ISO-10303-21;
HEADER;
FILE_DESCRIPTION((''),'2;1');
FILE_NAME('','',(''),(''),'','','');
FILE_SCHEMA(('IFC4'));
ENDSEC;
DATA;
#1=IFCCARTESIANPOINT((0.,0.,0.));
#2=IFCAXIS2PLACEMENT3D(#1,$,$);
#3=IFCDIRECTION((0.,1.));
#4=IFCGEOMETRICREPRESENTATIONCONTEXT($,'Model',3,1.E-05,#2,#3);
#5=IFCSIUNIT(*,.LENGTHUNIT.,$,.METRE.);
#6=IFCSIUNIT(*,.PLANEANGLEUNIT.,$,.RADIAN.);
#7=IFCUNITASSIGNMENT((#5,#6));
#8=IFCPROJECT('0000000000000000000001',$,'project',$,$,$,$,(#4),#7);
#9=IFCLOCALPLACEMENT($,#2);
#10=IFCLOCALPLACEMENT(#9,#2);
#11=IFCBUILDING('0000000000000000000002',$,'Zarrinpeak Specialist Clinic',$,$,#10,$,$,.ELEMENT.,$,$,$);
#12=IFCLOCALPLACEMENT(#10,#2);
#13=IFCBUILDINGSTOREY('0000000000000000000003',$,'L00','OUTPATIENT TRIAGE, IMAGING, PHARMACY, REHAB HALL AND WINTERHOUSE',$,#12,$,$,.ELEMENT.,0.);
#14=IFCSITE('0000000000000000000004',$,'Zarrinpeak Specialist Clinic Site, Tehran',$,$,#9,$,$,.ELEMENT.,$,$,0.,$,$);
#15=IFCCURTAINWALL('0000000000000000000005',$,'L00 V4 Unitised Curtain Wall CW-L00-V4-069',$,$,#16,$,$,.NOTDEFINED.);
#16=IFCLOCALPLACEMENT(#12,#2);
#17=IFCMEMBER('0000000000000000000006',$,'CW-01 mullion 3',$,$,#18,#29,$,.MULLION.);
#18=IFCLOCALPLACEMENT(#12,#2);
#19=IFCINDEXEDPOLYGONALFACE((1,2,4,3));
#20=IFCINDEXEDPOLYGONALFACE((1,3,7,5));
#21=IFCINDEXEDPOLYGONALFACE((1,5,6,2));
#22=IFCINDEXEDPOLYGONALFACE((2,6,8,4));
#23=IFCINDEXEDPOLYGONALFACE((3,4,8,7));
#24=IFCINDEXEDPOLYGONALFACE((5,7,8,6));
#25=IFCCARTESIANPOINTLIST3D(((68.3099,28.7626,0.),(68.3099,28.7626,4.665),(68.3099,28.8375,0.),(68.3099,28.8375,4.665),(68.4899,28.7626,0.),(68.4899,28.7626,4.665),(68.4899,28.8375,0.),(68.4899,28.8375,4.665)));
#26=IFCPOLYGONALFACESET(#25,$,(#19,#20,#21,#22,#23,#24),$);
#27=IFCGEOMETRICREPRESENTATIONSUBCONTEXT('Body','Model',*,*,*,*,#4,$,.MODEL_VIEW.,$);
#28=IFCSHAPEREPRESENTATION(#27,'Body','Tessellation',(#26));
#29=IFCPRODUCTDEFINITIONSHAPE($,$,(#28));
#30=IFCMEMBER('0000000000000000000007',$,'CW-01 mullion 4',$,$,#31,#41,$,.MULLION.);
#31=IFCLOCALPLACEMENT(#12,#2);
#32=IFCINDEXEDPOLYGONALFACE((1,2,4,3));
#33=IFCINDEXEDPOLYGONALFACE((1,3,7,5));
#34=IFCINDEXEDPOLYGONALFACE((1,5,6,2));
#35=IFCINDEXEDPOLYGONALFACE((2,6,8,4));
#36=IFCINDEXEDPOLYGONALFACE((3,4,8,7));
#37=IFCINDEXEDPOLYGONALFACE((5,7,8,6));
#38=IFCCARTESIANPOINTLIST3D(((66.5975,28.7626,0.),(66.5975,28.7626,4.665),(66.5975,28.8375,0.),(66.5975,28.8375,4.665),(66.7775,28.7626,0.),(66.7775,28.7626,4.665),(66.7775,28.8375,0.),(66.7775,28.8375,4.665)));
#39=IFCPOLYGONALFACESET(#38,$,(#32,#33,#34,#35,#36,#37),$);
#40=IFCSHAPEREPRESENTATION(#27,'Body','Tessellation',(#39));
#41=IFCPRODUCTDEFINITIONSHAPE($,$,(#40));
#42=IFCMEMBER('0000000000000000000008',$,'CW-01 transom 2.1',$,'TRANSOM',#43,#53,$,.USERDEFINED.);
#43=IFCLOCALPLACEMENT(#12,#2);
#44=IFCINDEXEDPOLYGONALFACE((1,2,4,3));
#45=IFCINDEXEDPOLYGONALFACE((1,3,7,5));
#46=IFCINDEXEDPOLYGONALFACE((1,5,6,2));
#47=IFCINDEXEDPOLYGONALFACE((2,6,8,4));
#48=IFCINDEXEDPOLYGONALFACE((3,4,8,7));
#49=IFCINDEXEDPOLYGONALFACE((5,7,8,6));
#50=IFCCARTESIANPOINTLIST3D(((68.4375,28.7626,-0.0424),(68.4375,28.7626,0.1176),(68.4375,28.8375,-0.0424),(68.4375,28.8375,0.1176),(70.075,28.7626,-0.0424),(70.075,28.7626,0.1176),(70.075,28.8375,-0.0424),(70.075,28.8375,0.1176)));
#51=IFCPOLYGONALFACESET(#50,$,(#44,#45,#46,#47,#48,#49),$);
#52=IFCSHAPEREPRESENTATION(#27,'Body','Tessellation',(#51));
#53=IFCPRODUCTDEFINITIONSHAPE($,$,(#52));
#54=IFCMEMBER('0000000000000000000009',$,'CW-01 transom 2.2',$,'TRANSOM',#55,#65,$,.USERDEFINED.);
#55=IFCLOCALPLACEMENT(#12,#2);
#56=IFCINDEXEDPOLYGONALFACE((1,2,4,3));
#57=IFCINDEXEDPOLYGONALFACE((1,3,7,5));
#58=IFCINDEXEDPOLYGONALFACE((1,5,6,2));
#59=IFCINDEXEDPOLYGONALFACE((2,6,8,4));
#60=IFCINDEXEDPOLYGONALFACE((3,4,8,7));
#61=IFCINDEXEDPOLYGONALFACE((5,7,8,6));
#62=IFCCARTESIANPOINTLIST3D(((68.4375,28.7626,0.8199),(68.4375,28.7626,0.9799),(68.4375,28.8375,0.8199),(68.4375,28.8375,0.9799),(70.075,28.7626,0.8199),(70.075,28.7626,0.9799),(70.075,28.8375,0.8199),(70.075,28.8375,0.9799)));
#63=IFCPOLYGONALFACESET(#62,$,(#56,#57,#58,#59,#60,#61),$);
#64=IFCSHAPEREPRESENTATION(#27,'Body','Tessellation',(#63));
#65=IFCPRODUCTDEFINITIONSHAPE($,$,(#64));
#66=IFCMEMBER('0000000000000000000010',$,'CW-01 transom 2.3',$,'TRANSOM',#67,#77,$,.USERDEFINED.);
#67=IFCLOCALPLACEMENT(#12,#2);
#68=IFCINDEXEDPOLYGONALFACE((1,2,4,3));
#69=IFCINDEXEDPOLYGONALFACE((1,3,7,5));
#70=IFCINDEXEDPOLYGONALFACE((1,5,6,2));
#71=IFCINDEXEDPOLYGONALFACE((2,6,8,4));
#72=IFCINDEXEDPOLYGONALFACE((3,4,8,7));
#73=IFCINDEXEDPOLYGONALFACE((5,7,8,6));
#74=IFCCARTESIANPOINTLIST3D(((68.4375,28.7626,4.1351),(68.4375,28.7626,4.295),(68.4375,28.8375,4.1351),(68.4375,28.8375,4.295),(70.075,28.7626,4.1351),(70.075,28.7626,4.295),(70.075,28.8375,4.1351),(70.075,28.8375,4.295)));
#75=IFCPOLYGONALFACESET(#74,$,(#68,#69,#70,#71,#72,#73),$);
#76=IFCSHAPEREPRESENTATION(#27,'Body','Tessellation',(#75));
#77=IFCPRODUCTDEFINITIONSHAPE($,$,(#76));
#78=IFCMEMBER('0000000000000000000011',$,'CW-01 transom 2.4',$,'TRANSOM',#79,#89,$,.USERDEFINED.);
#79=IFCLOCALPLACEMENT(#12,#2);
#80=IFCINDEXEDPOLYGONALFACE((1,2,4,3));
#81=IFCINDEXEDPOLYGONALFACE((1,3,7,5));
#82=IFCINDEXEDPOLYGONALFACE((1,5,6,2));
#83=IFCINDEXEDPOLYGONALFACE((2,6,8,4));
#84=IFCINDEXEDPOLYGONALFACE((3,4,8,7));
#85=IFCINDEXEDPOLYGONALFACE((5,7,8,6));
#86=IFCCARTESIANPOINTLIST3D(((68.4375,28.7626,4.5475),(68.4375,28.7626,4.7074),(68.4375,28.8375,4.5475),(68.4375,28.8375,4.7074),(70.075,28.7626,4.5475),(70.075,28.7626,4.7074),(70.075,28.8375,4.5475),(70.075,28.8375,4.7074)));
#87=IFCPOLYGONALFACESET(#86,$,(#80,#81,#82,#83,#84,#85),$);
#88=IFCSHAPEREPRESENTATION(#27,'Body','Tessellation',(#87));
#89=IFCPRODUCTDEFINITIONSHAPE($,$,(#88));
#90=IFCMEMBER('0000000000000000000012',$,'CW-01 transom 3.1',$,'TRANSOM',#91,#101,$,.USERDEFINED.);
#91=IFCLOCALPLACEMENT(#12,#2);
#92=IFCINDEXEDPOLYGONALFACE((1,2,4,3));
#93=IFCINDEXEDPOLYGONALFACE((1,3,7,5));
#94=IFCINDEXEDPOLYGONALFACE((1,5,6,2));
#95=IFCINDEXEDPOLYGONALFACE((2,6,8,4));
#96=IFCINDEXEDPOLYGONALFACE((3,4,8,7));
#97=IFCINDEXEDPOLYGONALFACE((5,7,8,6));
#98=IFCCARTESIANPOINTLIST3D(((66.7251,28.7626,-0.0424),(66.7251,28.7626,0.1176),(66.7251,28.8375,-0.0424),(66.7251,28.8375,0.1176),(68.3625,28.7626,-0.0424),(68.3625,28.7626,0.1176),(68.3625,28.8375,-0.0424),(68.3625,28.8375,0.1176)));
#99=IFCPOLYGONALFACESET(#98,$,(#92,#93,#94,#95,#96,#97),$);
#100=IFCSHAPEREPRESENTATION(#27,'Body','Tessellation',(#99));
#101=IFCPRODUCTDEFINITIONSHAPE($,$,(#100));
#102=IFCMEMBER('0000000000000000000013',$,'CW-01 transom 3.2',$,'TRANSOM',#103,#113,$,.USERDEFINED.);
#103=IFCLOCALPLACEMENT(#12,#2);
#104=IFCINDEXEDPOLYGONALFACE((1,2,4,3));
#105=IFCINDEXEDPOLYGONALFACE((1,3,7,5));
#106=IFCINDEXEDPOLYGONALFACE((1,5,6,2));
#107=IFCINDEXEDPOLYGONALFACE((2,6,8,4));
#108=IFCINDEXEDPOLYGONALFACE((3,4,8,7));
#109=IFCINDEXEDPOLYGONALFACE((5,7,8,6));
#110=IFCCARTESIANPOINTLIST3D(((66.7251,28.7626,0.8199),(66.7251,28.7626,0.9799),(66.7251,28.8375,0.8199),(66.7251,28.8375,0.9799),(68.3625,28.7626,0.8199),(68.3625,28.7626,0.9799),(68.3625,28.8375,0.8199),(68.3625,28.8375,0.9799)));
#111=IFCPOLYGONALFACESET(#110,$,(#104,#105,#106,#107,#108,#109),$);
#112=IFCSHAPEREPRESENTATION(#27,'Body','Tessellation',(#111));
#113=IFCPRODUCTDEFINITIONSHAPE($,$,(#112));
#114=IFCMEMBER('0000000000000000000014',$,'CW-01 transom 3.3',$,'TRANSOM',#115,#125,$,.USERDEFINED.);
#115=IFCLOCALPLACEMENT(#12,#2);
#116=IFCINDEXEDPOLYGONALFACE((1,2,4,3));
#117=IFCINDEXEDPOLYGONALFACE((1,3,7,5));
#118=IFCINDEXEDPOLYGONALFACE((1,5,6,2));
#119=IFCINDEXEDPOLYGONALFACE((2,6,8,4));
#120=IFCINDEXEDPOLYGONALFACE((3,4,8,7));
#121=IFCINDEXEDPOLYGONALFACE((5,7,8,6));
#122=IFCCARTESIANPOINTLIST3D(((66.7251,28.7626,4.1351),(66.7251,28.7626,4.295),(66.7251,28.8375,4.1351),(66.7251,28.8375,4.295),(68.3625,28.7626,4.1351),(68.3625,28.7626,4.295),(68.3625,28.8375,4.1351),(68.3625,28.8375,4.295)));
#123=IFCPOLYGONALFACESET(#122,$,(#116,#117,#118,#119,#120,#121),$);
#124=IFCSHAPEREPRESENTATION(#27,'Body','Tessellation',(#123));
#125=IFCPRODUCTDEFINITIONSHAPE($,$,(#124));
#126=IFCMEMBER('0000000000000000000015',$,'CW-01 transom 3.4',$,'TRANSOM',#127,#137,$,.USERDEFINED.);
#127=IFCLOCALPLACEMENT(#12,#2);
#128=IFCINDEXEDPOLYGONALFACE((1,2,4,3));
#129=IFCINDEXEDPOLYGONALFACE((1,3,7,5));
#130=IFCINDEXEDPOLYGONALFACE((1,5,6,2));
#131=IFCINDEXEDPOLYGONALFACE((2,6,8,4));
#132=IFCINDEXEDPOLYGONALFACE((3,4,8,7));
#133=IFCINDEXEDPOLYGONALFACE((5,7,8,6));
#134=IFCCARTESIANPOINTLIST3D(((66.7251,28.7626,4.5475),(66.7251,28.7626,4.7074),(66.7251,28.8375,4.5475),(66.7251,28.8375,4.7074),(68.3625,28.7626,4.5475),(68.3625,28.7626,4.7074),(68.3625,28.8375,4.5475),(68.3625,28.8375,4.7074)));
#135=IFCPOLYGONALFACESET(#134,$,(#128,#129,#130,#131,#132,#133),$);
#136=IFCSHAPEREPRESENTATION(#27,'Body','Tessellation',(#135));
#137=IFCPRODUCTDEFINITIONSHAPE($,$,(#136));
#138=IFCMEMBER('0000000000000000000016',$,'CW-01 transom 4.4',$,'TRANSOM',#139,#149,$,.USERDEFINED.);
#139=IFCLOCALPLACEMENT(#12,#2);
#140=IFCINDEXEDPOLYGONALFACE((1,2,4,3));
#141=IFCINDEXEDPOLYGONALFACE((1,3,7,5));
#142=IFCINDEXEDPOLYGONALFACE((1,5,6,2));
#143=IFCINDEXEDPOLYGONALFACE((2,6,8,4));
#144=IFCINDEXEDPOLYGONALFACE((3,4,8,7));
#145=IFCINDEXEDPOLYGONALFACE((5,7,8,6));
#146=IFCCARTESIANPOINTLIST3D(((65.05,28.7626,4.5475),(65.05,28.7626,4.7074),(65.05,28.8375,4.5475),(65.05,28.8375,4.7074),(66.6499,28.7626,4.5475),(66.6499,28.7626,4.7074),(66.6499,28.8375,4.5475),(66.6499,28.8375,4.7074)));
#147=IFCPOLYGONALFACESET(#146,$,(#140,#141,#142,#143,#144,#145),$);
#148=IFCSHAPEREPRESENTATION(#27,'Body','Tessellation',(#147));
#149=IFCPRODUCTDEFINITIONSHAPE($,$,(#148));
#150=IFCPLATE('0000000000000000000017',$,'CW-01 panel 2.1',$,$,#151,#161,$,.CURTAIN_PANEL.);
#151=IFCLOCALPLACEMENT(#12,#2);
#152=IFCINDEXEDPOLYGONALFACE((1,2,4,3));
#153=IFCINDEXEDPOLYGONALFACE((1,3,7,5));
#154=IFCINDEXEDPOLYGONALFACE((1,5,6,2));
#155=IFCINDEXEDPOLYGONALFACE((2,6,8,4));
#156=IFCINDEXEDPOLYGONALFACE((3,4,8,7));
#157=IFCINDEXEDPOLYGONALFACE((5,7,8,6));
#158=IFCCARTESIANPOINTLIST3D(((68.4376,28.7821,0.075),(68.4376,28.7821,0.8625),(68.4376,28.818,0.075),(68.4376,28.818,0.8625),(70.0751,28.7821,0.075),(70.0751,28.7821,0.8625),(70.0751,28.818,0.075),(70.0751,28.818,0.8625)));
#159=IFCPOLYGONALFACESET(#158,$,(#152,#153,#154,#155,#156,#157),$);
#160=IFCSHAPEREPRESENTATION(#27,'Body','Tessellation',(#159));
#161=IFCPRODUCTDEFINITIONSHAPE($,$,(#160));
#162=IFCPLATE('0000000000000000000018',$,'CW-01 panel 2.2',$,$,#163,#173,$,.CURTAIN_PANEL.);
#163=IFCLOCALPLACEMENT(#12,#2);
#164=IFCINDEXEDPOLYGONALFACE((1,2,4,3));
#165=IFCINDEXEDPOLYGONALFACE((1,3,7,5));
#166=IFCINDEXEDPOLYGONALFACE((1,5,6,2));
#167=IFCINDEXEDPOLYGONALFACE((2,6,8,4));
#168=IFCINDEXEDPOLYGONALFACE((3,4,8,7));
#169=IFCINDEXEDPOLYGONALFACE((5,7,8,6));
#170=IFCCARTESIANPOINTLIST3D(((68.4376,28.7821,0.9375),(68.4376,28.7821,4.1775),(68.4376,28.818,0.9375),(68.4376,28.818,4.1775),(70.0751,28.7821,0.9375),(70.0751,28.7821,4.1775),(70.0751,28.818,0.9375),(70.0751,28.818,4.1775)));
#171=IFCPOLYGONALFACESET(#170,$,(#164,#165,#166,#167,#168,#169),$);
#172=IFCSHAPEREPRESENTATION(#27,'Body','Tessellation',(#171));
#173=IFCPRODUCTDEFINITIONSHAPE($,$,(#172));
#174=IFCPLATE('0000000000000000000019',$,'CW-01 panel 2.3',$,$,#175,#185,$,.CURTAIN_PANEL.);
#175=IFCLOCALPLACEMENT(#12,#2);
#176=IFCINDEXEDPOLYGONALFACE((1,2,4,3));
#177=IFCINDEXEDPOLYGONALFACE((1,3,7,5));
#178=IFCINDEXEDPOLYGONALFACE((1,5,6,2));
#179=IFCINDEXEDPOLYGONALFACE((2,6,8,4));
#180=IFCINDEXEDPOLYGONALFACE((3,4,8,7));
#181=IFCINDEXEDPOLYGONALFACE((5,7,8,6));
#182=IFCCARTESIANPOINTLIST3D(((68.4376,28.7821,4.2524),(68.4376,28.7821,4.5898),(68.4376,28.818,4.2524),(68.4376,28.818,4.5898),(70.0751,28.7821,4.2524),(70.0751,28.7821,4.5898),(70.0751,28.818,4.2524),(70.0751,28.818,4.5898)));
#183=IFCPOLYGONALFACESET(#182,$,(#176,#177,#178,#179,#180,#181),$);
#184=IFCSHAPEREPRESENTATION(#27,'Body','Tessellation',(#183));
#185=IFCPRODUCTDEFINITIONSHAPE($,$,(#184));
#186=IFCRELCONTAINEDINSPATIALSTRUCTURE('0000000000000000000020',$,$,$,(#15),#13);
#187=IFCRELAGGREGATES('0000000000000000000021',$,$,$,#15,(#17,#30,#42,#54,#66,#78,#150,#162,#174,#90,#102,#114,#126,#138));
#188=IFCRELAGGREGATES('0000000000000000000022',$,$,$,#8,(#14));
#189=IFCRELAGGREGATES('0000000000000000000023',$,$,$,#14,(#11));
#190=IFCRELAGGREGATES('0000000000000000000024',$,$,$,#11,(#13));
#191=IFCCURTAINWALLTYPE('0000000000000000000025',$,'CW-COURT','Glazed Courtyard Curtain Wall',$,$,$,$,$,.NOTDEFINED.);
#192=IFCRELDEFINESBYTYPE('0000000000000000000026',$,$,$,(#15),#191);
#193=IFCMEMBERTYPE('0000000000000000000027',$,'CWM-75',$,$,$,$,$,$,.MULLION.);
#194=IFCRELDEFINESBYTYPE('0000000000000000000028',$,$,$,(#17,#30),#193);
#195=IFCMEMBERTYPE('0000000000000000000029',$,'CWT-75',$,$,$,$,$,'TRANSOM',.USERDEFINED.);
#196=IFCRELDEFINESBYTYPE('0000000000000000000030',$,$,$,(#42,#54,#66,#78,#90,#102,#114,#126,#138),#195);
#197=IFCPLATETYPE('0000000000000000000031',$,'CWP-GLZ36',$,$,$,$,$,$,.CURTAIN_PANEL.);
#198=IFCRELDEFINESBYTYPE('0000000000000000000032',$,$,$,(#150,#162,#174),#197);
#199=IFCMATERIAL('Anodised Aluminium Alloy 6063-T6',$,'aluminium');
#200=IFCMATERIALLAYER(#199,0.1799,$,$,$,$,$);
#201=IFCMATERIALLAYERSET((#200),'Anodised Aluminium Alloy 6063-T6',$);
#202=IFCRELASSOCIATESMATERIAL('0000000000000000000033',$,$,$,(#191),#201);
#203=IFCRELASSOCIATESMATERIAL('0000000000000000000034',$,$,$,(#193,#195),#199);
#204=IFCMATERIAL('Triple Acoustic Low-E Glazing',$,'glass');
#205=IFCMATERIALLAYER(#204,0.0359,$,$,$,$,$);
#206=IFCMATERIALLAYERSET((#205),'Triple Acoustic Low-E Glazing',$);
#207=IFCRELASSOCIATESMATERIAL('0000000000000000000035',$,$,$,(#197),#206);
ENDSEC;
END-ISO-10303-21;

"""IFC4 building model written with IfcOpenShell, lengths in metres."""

from ifc_helpers import new_model, si_unit, direction, frame, origin, origin_2d, place, context, subcontext, project, spatial, rectangle, extrude, material, layer, layer_set, material_profile, profile_set, type_object, element, aggregate, save


model = new_model("IFC4")

# Units and contexts
model_context = context("Model", 3, precision=1e-05, world=origin(), true_north=direction((0.0, 1.0)))
body_context = subcontext(model_context, "Body", "Model", "MODEL_VIEW")
ifc_project = project(units=[si_unit("LENGTHUNIT", "METRE"), si_unit("PLANEANGLEUNIT", "RADIAN")], contexts=[model_context])

# Site, building, storey
site_placement = place(None, origin())
site = spatial("IfcSite", under=ifc_project, at=site_placement, Name="Zarrinpeak Specialist Clinic Site, Tehran", CompositionType="ELEMENT", RefElevation=0.0)
building_placement = place(site_placement, origin())
building = spatial("IfcBuilding", under=site, at=building_placement, Name="Zarrinpeak Specialist Clinic", CompositionType="ELEMENT")
storey_placement = place(building_placement, origin())
storey = spatial("IfcBuildingStorey", under=building, at=storey_placement, Name="L00", Description="OUTPATIENT TRIAGE, IMAGING, PHARMACY, REHAB HALL AND WINTERHOUSE", CompositionType="ELEMENT", Elevation=0.0)

# Curtain wall, members, plates
ifc_material_1 = material(Name="Anodised Aluminium Alloy 6063-T6", Category="aluminium")
ifc_layer_1 = layer(ifc_material_1, 0.1799)
ifc_layer_set_1 = layer_set([ifc_layer_1], Name="Anodised Aluminium Alloy 6063-T6")
curtain_wall_type = type_object("IfcCurtainWallType", Name="CW-COURT", Description="Glazed Courtyard Curtain Wall", PredefinedType="NOTDEFINED", material=ifc_layer_set_1)
curtain_wall_placement = place(storey_placement, origin())
curtain_wall = element("IfcCurtainWall", 1, at=curtain_wall_placement, inside=storey, type_object=curtain_wall_type, Name="L00 V4 Unitised Curtain Wall CW-L00-V4-069", PredefinedType="NOTDEFINED")
ifc_material_profile_1 = material_profile(ifc_material_1, rectangle(XDim=0.075, YDim=0.1799, at=origin_2d()), Name="ALU 75x180")
ifc_profile_set_1 = profile_set([ifc_material_profile_1], Name="Anodised Aluminium Alloy 6063-T6")
member_type_1 = type_object("IfcMemberType", Name="CWM-75", PredefinedType="MULLION", material=ifc_profile_set_1)
member_1_placement = place(storey_placement, frame((68.3999, 28.8, 0.0), z_axis=(0.0, 0.0, 1.0), x_axis=(0.0, -1.0, 0.0)))
member_1 = element("IfcMember", 2, at=member_1_placement, type_object=member_type_1, Name="CW-01 mullion 3", PredefinedType="MULLION", context=body_context, shape_type="SweptSolid", body=[
    extrude(rectangle(XDim=0.075, YDim=0.1799, at=origin_2d()), origin(), (0.0, 0.0, 1.0), 4.665),
])
member_2_placement = place(storey_placement, frame((66.6875, 28.8, 0.0), z_axis=(0.0, 0.0, 1.0), x_axis=(0.0, -1.0, 0.0)))
member_2 = element("IfcMember", 3, at=member_2_placement, type_object=member_type_1, Name="CW-01 mullion 4", PredefinedType="MULLION", context=body_context, shape_type="SweptSolid", body=[
    extrude(rectangle(XDim=0.075, YDim=0.1799, at=origin_2d()), origin(), (0.0, 0.0, 1.0), 4.665),
])
ifc_material_profile_2 = material_profile(ifc_material_1, rectangle(XDim=0.075, YDim=0.1599, at=origin_2d()), Name="ALU 75x160")
ifc_profile_set_2 = profile_set([ifc_material_profile_2], Name="Anodised Aluminium Alloy 6063-T6")
member_type_2 = type_object("IfcMemberType", Name="CWT-75", ElementType="TRANSOM", PredefinedType="USERDEFINED", material=ifc_profile_set_2)
member_3_placement = place(storey_placement, frame((70.075, 28.8, 0.0376), z_axis=(-1.0, 0.0, 0.0), x_axis=(0.0, -1.0, 0.0)))
member_3 = element("IfcMember", 4, at=member_3_placement, type_object=member_type_2, Name="CW-01 transom 2.1", ObjectType="TRANSOM", PredefinedType="USERDEFINED", context=body_context, shape_type="SweptSolid", body=[
    extrude(rectangle(XDim=0.075, YDim=0.1599, at=origin_2d()), origin(), (0.0, 0.0, 1.0), 1.6375),
])
member_4_placement = place(storey_placement, frame((70.075, 28.8, 0.8999), z_axis=(-1.0, 0.0, 0.0), x_axis=(0.0, -1.0, 0.0)))
member_4 = element("IfcMember", 5, at=member_4_placement, type_object=member_type_2, Name="CW-01 transom 2.2", ObjectType="TRANSOM", PredefinedType="USERDEFINED", context=body_context, shape_type="SweptSolid", body=[
    extrude(rectangle(XDim=0.075, YDim=0.1599, at=origin_2d()), origin(), (0.0, 0.0, 1.0), 1.6375),
])
member_5_placement = place(storey_placement, frame((70.075, 28.8, 4.2151), z_axis=(-1.0, 0.0, 0.0), x_axis=(0.0, -1.0, 0.0)))
member_5 = element("IfcMember", 6, at=member_5_placement, type_object=member_type_2, Name="CW-01 transom 2.3", ObjectType="TRANSOM", PredefinedType="USERDEFINED", context=body_context, shape_type="SweptSolid", body=[
    extrude(rectangle(XDim=0.075, YDim=0.1599, at=origin_2d()), origin(), (0.0, 0.0, 1.0), 1.6375),
])
member_6_placement = place(storey_placement, frame((70.075, 28.8, 4.6274), z_axis=(-1.0, 0.0, 0.0), x_axis=(0.0, -1.0, 0.0)))
member_6 = element("IfcMember", 7, at=member_6_placement, type_object=member_type_2, Name="CW-01 transom 2.4", ObjectType="TRANSOM", PredefinedType="USERDEFINED", context=body_context, shape_type="SweptSolid", body=[
    extrude(rectangle(XDim=0.075, YDim=0.1599, at=origin_2d()), origin(), (0.0, 0.0, 1.0), 1.6375),
])
member_7_placement = place(storey_placement, frame((68.3625, 28.8, 0.0376), z_axis=(-1.0, 0.0, 0.0), x_axis=(0.0, -1.0, 0.0)))
member_7 = element("IfcMember", 8, at=member_7_placement, type_object=member_type_2, Name="CW-01 transom 3.1", ObjectType="TRANSOM", PredefinedType="USERDEFINED", context=body_context, shape_type="SweptSolid", body=[
    extrude(rectangle(XDim=0.075, YDim=0.1599, at=origin_2d()), origin(), (0.0, 0.0, 1.0), 1.6375),
])
member_8_placement = place(storey_placement, frame((68.3625, 28.8, 0.8999), z_axis=(-1.0, 0.0, 0.0), x_axis=(0.0, -1.0, 0.0)))
member_8 = element("IfcMember", 9, at=member_8_placement, type_object=member_type_2, Name="CW-01 transom 3.2", ObjectType="TRANSOM", PredefinedType="USERDEFINED", context=body_context, shape_type="SweptSolid", body=[
    extrude(rectangle(XDim=0.075, YDim=0.1599, at=origin_2d()), origin(), (0.0, 0.0, 1.0), 1.6375),
])
member_9_placement = place(storey_placement, frame((68.3625, 28.8, 4.2151), z_axis=(-1.0, 0.0, 0.0), x_axis=(0.0, -1.0, 0.0)))
member_9 = element("IfcMember", 10, at=member_9_placement, type_object=member_type_2, Name="CW-01 transom 3.3", ObjectType="TRANSOM", PredefinedType="USERDEFINED", context=body_context, shape_type="SweptSolid", body=[
    extrude(rectangle(XDim=0.075, YDim=0.1599, at=origin_2d()), origin(), (0.0, 0.0, 1.0), 1.6375),
])
member_10_placement = place(storey_placement, frame((68.3625, 28.8, 4.6274), z_axis=(-1.0, 0.0, 0.0), x_axis=(0.0, -1.0, 0.0)))
member_10 = element("IfcMember", 11, at=member_10_placement, type_object=member_type_2, Name="CW-01 transom 3.4", ObjectType="TRANSOM", PredefinedType="USERDEFINED", context=body_context, shape_type="SweptSolid", body=[
    extrude(rectangle(XDim=0.075, YDim=0.1599, at=origin_2d()), origin(), (0.0, 0.0, 1.0), 1.6375),
])
member_11_placement = place(storey_placement, frame((66.6499, 28.8, 4.6274), z_axis=(-1.0, 0.0, 0.0), x_axis=(0.0, -1.0, 0.0)))
member_11 = element("IfcMember", 12, at=member_11_placement, type_object=member_type_2, Name="CW-01 transom 4.4", ObjectType="TRANSOM", PredefinedType="USERDEFINED", context=body_context, shape_type="SweptSolid", body=[
    extrude(rectangle(XDim=0.075, YDim=0.1599, at=origin_2d()), origin(), (0.0, 0.0, 1.0), 1.5999),
])
ifc_material_2 = material(Name="Triple Acoustic Low-E Glazing", Category="glass")
ifc_layer_2 = layer(ifc_material_2, 0.0359)
ifc_layer_set_2 = layer_set([ifc_layer_2], Name="Triple Acoustic Low-E Glazing")
plate_type = type_object("IfcPlateType", Name="CWP-GLZ36", PredefinedType="CURTAIN_PANEL", material=ifc_layer_set_2)
plate_1_placement = place(storey_placement, frame((69.2563, 28.8, 0.075), z_axis=(0.0, 0.0, 1.0), x_axis=(-1.0, 0.0, 0.0)))
plate_1 = element("IfcPlate", 13, at=plate_1_placement, type_object=plate_type, Name="CW-01 panel 2.1", PredefinedType="CURTAIN_PANEL", context=body_context, shape_type="SweptSolid", body=[
    extrude(rectangle(XDim=1.6375, YDim=0.0359, at=origin_2d()), origin(), (0.0, 0.0, 1.0), 0.7876),
])
plate_2_placement = place(storey_placement, frame((69.2563, 28.8, 0.9375), z_axis=(0.0, 0.0, 1.0), x_axis=(-1.0, 0.0, 0.0)))
plate_2 = element("IfcPlate", 14, at=plate_2_placement, type_object=plate_type, Name="CW-01 panel 2.2", PredefinedType="CURTAIN_PANEL", context=body_context, shape_type="SweptSolid", body=[
    extrude(rectangle(XDim=1.6375, YDim=0.0359, at=origin_2d()), origin(), (0.0, 0.0, 1.0), 3.24),
])
plate_3_placement = place(storey_placement, frame((69.2563, 28.8, 4.2524), z_axis=(0.0, 0.0, 1.0), x_axis=(-1.0, 0.0, 0.0)))
plate_3 = element("IfcPlate", 15, at=plate_3_placement, type_object=plate_type, Name="CW-01 panel 2.3", PredefinedType="CURTAIN_PANEL", context=body_context, shape_type="SweptSolid", body=[
    extrude(rectangle(XDim=1.6375, YDim=0.0359, at=origin_2d()), origin(), (0.0, 0.0, 1.0), 0.3374),
])
aggregate(curtain_wall, [member_1, member_2, member_3, member_4, member_5, member_6, plate_1, plate_2, plate_3, member_7, member_8, member_9, member_10, member_11])

save(model, "model.ifc")
